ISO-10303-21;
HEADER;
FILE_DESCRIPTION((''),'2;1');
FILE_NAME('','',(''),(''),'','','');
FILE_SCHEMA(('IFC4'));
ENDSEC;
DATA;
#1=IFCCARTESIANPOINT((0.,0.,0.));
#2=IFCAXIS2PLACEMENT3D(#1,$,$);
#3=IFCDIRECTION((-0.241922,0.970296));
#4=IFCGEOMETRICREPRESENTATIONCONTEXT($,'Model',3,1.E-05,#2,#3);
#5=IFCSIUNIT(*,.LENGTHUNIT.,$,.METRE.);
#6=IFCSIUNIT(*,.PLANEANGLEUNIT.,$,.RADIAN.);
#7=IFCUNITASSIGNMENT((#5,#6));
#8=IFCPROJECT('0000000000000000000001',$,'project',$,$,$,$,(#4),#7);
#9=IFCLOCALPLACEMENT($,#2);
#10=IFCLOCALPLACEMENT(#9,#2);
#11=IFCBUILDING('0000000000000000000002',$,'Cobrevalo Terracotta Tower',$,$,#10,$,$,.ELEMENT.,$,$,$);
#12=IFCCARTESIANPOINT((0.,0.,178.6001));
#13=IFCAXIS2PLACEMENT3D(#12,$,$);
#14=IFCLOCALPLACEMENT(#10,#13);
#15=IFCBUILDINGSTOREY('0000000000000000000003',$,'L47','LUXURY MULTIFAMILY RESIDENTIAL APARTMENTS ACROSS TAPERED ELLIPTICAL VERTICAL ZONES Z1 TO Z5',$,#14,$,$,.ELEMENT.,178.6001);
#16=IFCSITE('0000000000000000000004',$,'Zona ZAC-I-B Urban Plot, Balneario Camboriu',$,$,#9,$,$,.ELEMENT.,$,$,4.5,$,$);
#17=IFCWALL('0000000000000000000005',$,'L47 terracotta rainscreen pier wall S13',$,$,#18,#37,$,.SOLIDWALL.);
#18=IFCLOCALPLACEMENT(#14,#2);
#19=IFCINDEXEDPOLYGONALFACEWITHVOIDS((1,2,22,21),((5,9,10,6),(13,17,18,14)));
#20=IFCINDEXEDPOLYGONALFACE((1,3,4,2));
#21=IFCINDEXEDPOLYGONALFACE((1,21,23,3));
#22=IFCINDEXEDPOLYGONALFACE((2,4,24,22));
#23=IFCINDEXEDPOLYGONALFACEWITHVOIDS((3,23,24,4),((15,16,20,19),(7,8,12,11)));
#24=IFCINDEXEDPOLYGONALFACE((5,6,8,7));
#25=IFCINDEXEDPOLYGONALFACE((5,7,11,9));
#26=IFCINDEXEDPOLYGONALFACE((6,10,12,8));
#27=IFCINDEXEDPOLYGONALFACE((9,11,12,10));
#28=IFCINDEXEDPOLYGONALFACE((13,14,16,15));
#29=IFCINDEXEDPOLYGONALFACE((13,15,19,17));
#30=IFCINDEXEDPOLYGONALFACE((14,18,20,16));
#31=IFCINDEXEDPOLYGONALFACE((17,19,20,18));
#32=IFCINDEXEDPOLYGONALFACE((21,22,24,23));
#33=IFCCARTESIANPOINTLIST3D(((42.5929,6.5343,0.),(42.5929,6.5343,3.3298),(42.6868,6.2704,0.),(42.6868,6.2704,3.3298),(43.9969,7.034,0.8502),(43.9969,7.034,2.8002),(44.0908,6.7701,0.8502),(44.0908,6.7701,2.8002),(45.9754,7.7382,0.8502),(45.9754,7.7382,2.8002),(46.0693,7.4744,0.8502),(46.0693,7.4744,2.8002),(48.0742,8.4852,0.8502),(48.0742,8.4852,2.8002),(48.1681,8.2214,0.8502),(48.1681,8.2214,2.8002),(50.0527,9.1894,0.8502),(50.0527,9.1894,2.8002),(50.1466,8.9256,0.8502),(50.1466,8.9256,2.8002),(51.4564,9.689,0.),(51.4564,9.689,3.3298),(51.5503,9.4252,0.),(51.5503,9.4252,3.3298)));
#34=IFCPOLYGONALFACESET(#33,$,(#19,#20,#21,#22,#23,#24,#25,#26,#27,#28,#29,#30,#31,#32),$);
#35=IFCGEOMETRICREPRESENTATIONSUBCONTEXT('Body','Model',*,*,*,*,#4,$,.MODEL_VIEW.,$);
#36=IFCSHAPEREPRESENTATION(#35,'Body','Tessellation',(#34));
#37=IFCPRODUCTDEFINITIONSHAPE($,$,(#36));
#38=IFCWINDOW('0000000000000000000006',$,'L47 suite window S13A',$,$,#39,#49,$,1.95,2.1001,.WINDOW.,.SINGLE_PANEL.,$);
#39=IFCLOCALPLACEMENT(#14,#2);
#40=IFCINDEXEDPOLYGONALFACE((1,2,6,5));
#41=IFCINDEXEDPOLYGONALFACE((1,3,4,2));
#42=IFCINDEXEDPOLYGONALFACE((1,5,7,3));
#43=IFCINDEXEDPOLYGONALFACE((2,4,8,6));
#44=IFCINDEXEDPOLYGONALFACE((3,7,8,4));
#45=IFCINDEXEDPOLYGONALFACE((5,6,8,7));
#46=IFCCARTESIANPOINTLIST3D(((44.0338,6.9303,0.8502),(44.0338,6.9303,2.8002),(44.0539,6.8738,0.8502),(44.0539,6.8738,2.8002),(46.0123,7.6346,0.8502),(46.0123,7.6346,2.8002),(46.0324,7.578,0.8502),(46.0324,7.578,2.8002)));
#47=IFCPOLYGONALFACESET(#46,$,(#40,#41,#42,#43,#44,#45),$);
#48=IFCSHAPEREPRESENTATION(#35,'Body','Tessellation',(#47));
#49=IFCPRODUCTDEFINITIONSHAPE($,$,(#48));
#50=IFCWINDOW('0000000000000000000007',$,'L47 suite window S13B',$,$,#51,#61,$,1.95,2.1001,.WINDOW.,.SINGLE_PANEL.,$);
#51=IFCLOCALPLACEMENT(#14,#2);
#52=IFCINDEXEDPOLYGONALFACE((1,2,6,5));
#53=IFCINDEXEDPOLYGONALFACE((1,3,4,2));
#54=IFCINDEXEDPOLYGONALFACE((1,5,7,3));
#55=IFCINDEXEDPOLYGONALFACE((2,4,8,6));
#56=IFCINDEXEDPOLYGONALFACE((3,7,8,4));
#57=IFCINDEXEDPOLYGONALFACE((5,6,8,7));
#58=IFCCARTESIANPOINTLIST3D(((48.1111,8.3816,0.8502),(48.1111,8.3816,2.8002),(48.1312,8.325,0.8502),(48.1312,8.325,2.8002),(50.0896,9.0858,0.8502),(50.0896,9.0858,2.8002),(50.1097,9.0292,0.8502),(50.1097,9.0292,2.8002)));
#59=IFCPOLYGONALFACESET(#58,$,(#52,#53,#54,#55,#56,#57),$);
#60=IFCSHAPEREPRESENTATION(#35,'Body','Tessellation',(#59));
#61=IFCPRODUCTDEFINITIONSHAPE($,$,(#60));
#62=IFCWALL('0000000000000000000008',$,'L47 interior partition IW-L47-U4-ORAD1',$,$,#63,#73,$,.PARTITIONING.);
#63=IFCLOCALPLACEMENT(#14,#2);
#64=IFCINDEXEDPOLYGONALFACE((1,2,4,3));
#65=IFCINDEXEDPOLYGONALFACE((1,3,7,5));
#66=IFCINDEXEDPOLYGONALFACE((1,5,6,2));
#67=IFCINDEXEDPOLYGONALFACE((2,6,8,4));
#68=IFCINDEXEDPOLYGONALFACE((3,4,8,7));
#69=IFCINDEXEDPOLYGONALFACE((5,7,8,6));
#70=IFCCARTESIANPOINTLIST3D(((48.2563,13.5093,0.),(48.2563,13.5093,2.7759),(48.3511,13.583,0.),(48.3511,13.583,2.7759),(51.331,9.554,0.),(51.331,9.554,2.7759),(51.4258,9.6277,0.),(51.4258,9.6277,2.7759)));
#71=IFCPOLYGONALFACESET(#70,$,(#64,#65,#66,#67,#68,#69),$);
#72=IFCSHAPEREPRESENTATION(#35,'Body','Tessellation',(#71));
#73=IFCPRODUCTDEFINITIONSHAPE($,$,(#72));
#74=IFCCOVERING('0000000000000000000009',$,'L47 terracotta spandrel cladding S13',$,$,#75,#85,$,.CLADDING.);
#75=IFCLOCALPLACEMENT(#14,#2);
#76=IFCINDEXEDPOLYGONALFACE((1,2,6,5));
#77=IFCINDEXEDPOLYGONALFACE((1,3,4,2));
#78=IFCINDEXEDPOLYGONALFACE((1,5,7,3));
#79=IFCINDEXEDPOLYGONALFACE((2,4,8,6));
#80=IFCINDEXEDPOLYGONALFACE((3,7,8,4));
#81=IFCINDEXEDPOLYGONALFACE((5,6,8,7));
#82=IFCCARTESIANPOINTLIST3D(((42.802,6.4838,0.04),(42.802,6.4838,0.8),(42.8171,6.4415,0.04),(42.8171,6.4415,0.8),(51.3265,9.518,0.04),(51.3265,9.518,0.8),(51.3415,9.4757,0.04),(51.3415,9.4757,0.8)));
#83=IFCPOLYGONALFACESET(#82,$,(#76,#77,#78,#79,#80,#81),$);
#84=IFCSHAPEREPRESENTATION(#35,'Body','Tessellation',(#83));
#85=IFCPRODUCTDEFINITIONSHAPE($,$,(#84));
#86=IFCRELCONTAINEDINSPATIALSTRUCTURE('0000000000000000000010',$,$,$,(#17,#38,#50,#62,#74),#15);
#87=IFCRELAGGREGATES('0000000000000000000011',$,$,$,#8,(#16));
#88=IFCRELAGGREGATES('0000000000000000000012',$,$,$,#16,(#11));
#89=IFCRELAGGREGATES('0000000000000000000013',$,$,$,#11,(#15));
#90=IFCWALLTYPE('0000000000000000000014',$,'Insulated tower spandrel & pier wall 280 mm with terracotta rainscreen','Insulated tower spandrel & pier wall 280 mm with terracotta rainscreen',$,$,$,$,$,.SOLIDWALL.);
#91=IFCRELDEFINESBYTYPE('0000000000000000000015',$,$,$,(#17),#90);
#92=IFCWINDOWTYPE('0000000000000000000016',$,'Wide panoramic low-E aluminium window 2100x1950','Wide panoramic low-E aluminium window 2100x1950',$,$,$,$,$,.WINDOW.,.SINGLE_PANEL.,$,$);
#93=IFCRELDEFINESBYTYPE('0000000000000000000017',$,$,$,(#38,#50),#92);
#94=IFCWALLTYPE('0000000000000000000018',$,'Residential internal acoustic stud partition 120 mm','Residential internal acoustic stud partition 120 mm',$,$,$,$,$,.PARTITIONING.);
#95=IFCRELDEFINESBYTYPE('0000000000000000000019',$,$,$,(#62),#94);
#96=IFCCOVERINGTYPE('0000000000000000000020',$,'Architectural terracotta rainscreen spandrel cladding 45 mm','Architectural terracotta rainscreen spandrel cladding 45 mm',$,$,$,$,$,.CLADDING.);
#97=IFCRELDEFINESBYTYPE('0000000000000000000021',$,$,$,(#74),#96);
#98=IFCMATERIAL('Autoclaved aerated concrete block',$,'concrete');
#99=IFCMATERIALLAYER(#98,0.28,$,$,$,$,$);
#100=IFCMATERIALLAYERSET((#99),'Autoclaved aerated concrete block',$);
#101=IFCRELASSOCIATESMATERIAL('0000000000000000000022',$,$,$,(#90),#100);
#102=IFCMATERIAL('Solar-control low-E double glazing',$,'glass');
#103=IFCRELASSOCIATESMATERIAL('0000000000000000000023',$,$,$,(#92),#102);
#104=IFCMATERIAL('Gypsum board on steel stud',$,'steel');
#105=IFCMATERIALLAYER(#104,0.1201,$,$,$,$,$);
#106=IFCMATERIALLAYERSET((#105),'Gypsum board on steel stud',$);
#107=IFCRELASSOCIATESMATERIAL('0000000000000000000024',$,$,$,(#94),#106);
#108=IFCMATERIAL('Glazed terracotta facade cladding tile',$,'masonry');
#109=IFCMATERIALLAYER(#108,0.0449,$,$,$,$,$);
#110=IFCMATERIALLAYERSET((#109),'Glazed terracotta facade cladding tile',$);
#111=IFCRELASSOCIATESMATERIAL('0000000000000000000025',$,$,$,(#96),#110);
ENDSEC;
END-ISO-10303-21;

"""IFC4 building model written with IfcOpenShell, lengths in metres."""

from ifc_helpers import new_model, si_unit, direction, frame, frame_2d, origin, origin_2d, place, context, subcontext, project, spatial, rectangle, extrude, source, transform, mapped, material, layer, layer_set, type_object, element, fill, save


model = new_model("IFC4")

# Units and contexts
model_context = context("Model", 3, precision=1e-05, world=origin(), true_north=direction((-0.241922, 0.970296)))
body_context = subcontext(model_context, "Body", "Model", "MODEL_VIEW")
ifc_project = project(units=[si_unit("LENGTHUNIT", "METRE"), si_unit("PLANEANGLEUNIT", "RADIAN")], contexts=[model_context])

# Site, building, storey
site_placement = place(None, origin())
site = spatial("IfcSite", under=ifc_project, at=site_placement, Name="Zona ZAC-I-B Urban Plot, Balneario Camboriu", CompositionType="ELEMENT", RefElevation=4.5)
building_placement = place(site_placement, origin())
building = spatial("IfcBuilding", under=site, at=building_placement, Name="Cobrevalo Terracotta Tower", CompositionType="ELEMENT")
storey_placement = place(building_placement, frame((0.0, 0.0, 178.6001)))
storey = spatial("IfcBuildingStorey", under=building, at=storey_placement, Name="L47", Description="LUXURY MULTIFAMILY RESIDENTIAL APARTMENTS ACROSS TAPERED ELLIPTICAL VERTICAL ZONES Z1 TO Z5", CompositionType="ELEMENT", Elevation=178.6001)

# Shared definitions
ifc_material_1 = material(Name="Solar-control low-E double glazing", Category="glass")

# Shared definitions
ifc_material_2 = material(Name="Autoclaved aerated concrete block", Category="concrete")

# Wall, openings, windows
ifc_layer_1 = layer(ifc_material_2, 0.28)
ifc_layer_set_1 = layer_set([ifc_layer_1], Name="Autoclaved aerated concrete block")
wall_type_1 = type_object("IfcWallType", Name="Insulated tower spandrel & pier wall 280 mm with terracotta rainscreen", Description="Insulated tower spandrel & pier wall 280 mm with terracotta rainscreen", PredefinedType="SOLIDWALL", material=ifc_layer_set_1)
wall_1_placement = place(storey_placement, frame((42.6399, 6.4023, 0.0), z_axis=(0.0, 0.0, 1.0), x_axis=(0.942104, 0.335322, 0.0)))
wall_1 = element("IfcWall", 1, at=wall_1_placement, inside=storey, type_object=wall_type_1, Name="L47 terracotta rainscreen pier wall S13", PredefinedType="SOLIDWALL", context=body_context, shape_type="SweptSolid", body=[
    extrude(rectangle(XDim=9.4082, YDim=0.28, at=frame_2d((4.7041, 0.0))), origin(), (0.0, 0.0, 1.0), 3.3298),
])
opening_1_placement = place(wall_1_placement, frame((1.4902, 0.0, 0.8501)))
opening_1 = element("IfcOpeningElement", 2, at=opening_1_placement, cuts=wall_1, PredefinedType="OPENING", context=body_context, shape_type="SweptSolid", body=[
    extrude(rectangle(XDim=2.1001, YDim=1.95, at=frame_2d((1.05, 0.9751))), frame((0.0, 0.1499, 0.0), z_axis=(0.0, -1.0, 0.0), x_axis=(1.0, 0.0, 0.0)), (0.0, 0.0, 1.0), 0.3),
])
opening_2_placement = place(wall_1_placement, frame((5.8181, 0.0, 0.8501)))
opening_2 = element("IfcOpeningElement", 3, at=opening_2_placement, cuts=wall_1, PredefinedType="OPENING", context=body_context, shape_type="SweptSolid", body=[
    extrude(rectangle(XDim=2.1001, YDim=1.95, at=frame_2d((1.05, 0.9751))), frame((0.0, 0.1499, 0.0), z_axis=(0.0, -1.0, 0.0), x_axis=(1.0, 0.0, 0.0)), (0.0, 0.0, 1.0), 0.3),
])
window_type = type_object("IfcWindowType", Name="Wide panoramic low-E aluminium window 2100x1950", Description="Wide panoramic low-E aluminium window 2100x1950", PartitioningType="SINGLE_PANEL", PredefinedType="WINDOW", material=ifc_material_1)
shared_shape_1 = source(origin(), body_context, "Body", "SweptSolid", [
    extrude(rectangle(XDim=2.1001, YDim=1.95, at=frame_2d((1.05, 0.9751))), frame((0.0, 0.03, 0.0), z_axis=(0.0, -1.0, 0.0), x_axis=(1.0, 0.0, 0.0)), (0.0, 0.0, 1.0), 0.0601),
])
window_1_placement = place(opening_1_placement, origin())
window_1 = element("IfcWindow", 4, at=window_1_placement, inside=storey, type_object=window_type, Name="L47 suite window S13A", OverallHeight=1.95, OverallWidth=2.1001, PartitioningType="SINGLE_PANEL", PredefinedType="WINDOW", context=body_context, shape_type="MappedRepresentation", body=[
    mapped(shared_shape_1, transform((0.0, 0.0, 0.0), scale=1.0)),
])
fill(opening_1, window_1)
window_2_placement = place(opening_2_placement, origin())
window_2 = element("IfcWindow", 5, at=window_2_placement, inside=storey, type_object=window_type, Name="L47 suite window S13B", OverallHeight=1.95, OverallWidth=2.1001, PartitioningType="SINGLE_PANEL", PredefinedType="WINDOW", context=body_context, shape_type="MappedRepresentation", body=[
    mapped(shared_shape_1, transform((0.0, 0.0, 0.0), scale=1.0)),
])
fill(opening_2, window_2)

# Shared definitions
ifc_material_3 = material(Name="Gypsum board on steel stud", Category="steel")
ifc_layer_2 = layer(ifc_material_3, 0.1201)
ifc_layer_set_2 = layer_set([ifc_layer_2], Name="Gypsum board on steel stud")
wall_type_2 = type_object("IfcWallType", Name="Residential internal acoustic stud partition 120 mm", Description="Residential internal acoustic stud partition 120 mm", PredefinedType="PARTITIONING", material=ifc_layer_set_2)

# Wall
wall_2_placement = place(storey_placement, frame((48.3037, 13.5461, 0.0), z_axis=(0.0, 0.0, 1.0), x_axis=(0.613735, -0.789512, 0.0)))
element("IfcWall", 6, at=wall_2_placement, inside=storey, type_object=wall_type_2, Name="L47 interior partition IW-L47-U4-ORAD1", PredefinedType="PARTITIONING", context=body_context, shape_type="SweptSolid", body=[
    extrude(rectangle(XDim=5.0098, YDim=0.1201, at=frame_2d((2.5049, 0.0))), origin(), (0.0, 0.0, 1.0), 2.7759),
])

# Covering
ifc_material_4 = material(Name="Glazed terracotta facade cladding tile", Category="masonry")
ifc_layer_3 = layer(ifc_material_4, 0.0449)
ifc_layer_set_3 = layer_set([ifc_layer_3], Name="Glazed terracotta facade cladding tile")
covering_type = type_object("IfcCoveringType", Name="Architectural terracotta rainscreen spandrel cladding 45 mm", Description="Architectural terracotta rainscreen spandrel cladding 45 mm", PredefinedType="CLADDING", material=ifc_layer_set_3)
shared_shape_2 = source(origin(), body_context, "Body", "SweptSolid", [
    extrude(rectangle(XDim=9.0483, YDim=0.0449, at=origin_2d()), origin(), (0.0, 0.0, 1.0), 0.76),
])
covering_placement = place(storey_placement, frame((47.0718, 7.9797, 0.04), z_axis=(0.0, 0.0, 1.0), x_axis=(0.942098, 0.335336, 0.0)))
element("IfcCovering", 7, at=covering_placement, inside=storey, type_object=covering_type, Name="L47 terracotta spandrel cladding S13", PredefinedType="CLADDING", context=body_context, shape_type="MappedRepresentation", body=[
    mapped(shared_shape_2, transform((0.0, 0.0, 0.0), scale=1.0)),
])

save(model, "model.ifc")
